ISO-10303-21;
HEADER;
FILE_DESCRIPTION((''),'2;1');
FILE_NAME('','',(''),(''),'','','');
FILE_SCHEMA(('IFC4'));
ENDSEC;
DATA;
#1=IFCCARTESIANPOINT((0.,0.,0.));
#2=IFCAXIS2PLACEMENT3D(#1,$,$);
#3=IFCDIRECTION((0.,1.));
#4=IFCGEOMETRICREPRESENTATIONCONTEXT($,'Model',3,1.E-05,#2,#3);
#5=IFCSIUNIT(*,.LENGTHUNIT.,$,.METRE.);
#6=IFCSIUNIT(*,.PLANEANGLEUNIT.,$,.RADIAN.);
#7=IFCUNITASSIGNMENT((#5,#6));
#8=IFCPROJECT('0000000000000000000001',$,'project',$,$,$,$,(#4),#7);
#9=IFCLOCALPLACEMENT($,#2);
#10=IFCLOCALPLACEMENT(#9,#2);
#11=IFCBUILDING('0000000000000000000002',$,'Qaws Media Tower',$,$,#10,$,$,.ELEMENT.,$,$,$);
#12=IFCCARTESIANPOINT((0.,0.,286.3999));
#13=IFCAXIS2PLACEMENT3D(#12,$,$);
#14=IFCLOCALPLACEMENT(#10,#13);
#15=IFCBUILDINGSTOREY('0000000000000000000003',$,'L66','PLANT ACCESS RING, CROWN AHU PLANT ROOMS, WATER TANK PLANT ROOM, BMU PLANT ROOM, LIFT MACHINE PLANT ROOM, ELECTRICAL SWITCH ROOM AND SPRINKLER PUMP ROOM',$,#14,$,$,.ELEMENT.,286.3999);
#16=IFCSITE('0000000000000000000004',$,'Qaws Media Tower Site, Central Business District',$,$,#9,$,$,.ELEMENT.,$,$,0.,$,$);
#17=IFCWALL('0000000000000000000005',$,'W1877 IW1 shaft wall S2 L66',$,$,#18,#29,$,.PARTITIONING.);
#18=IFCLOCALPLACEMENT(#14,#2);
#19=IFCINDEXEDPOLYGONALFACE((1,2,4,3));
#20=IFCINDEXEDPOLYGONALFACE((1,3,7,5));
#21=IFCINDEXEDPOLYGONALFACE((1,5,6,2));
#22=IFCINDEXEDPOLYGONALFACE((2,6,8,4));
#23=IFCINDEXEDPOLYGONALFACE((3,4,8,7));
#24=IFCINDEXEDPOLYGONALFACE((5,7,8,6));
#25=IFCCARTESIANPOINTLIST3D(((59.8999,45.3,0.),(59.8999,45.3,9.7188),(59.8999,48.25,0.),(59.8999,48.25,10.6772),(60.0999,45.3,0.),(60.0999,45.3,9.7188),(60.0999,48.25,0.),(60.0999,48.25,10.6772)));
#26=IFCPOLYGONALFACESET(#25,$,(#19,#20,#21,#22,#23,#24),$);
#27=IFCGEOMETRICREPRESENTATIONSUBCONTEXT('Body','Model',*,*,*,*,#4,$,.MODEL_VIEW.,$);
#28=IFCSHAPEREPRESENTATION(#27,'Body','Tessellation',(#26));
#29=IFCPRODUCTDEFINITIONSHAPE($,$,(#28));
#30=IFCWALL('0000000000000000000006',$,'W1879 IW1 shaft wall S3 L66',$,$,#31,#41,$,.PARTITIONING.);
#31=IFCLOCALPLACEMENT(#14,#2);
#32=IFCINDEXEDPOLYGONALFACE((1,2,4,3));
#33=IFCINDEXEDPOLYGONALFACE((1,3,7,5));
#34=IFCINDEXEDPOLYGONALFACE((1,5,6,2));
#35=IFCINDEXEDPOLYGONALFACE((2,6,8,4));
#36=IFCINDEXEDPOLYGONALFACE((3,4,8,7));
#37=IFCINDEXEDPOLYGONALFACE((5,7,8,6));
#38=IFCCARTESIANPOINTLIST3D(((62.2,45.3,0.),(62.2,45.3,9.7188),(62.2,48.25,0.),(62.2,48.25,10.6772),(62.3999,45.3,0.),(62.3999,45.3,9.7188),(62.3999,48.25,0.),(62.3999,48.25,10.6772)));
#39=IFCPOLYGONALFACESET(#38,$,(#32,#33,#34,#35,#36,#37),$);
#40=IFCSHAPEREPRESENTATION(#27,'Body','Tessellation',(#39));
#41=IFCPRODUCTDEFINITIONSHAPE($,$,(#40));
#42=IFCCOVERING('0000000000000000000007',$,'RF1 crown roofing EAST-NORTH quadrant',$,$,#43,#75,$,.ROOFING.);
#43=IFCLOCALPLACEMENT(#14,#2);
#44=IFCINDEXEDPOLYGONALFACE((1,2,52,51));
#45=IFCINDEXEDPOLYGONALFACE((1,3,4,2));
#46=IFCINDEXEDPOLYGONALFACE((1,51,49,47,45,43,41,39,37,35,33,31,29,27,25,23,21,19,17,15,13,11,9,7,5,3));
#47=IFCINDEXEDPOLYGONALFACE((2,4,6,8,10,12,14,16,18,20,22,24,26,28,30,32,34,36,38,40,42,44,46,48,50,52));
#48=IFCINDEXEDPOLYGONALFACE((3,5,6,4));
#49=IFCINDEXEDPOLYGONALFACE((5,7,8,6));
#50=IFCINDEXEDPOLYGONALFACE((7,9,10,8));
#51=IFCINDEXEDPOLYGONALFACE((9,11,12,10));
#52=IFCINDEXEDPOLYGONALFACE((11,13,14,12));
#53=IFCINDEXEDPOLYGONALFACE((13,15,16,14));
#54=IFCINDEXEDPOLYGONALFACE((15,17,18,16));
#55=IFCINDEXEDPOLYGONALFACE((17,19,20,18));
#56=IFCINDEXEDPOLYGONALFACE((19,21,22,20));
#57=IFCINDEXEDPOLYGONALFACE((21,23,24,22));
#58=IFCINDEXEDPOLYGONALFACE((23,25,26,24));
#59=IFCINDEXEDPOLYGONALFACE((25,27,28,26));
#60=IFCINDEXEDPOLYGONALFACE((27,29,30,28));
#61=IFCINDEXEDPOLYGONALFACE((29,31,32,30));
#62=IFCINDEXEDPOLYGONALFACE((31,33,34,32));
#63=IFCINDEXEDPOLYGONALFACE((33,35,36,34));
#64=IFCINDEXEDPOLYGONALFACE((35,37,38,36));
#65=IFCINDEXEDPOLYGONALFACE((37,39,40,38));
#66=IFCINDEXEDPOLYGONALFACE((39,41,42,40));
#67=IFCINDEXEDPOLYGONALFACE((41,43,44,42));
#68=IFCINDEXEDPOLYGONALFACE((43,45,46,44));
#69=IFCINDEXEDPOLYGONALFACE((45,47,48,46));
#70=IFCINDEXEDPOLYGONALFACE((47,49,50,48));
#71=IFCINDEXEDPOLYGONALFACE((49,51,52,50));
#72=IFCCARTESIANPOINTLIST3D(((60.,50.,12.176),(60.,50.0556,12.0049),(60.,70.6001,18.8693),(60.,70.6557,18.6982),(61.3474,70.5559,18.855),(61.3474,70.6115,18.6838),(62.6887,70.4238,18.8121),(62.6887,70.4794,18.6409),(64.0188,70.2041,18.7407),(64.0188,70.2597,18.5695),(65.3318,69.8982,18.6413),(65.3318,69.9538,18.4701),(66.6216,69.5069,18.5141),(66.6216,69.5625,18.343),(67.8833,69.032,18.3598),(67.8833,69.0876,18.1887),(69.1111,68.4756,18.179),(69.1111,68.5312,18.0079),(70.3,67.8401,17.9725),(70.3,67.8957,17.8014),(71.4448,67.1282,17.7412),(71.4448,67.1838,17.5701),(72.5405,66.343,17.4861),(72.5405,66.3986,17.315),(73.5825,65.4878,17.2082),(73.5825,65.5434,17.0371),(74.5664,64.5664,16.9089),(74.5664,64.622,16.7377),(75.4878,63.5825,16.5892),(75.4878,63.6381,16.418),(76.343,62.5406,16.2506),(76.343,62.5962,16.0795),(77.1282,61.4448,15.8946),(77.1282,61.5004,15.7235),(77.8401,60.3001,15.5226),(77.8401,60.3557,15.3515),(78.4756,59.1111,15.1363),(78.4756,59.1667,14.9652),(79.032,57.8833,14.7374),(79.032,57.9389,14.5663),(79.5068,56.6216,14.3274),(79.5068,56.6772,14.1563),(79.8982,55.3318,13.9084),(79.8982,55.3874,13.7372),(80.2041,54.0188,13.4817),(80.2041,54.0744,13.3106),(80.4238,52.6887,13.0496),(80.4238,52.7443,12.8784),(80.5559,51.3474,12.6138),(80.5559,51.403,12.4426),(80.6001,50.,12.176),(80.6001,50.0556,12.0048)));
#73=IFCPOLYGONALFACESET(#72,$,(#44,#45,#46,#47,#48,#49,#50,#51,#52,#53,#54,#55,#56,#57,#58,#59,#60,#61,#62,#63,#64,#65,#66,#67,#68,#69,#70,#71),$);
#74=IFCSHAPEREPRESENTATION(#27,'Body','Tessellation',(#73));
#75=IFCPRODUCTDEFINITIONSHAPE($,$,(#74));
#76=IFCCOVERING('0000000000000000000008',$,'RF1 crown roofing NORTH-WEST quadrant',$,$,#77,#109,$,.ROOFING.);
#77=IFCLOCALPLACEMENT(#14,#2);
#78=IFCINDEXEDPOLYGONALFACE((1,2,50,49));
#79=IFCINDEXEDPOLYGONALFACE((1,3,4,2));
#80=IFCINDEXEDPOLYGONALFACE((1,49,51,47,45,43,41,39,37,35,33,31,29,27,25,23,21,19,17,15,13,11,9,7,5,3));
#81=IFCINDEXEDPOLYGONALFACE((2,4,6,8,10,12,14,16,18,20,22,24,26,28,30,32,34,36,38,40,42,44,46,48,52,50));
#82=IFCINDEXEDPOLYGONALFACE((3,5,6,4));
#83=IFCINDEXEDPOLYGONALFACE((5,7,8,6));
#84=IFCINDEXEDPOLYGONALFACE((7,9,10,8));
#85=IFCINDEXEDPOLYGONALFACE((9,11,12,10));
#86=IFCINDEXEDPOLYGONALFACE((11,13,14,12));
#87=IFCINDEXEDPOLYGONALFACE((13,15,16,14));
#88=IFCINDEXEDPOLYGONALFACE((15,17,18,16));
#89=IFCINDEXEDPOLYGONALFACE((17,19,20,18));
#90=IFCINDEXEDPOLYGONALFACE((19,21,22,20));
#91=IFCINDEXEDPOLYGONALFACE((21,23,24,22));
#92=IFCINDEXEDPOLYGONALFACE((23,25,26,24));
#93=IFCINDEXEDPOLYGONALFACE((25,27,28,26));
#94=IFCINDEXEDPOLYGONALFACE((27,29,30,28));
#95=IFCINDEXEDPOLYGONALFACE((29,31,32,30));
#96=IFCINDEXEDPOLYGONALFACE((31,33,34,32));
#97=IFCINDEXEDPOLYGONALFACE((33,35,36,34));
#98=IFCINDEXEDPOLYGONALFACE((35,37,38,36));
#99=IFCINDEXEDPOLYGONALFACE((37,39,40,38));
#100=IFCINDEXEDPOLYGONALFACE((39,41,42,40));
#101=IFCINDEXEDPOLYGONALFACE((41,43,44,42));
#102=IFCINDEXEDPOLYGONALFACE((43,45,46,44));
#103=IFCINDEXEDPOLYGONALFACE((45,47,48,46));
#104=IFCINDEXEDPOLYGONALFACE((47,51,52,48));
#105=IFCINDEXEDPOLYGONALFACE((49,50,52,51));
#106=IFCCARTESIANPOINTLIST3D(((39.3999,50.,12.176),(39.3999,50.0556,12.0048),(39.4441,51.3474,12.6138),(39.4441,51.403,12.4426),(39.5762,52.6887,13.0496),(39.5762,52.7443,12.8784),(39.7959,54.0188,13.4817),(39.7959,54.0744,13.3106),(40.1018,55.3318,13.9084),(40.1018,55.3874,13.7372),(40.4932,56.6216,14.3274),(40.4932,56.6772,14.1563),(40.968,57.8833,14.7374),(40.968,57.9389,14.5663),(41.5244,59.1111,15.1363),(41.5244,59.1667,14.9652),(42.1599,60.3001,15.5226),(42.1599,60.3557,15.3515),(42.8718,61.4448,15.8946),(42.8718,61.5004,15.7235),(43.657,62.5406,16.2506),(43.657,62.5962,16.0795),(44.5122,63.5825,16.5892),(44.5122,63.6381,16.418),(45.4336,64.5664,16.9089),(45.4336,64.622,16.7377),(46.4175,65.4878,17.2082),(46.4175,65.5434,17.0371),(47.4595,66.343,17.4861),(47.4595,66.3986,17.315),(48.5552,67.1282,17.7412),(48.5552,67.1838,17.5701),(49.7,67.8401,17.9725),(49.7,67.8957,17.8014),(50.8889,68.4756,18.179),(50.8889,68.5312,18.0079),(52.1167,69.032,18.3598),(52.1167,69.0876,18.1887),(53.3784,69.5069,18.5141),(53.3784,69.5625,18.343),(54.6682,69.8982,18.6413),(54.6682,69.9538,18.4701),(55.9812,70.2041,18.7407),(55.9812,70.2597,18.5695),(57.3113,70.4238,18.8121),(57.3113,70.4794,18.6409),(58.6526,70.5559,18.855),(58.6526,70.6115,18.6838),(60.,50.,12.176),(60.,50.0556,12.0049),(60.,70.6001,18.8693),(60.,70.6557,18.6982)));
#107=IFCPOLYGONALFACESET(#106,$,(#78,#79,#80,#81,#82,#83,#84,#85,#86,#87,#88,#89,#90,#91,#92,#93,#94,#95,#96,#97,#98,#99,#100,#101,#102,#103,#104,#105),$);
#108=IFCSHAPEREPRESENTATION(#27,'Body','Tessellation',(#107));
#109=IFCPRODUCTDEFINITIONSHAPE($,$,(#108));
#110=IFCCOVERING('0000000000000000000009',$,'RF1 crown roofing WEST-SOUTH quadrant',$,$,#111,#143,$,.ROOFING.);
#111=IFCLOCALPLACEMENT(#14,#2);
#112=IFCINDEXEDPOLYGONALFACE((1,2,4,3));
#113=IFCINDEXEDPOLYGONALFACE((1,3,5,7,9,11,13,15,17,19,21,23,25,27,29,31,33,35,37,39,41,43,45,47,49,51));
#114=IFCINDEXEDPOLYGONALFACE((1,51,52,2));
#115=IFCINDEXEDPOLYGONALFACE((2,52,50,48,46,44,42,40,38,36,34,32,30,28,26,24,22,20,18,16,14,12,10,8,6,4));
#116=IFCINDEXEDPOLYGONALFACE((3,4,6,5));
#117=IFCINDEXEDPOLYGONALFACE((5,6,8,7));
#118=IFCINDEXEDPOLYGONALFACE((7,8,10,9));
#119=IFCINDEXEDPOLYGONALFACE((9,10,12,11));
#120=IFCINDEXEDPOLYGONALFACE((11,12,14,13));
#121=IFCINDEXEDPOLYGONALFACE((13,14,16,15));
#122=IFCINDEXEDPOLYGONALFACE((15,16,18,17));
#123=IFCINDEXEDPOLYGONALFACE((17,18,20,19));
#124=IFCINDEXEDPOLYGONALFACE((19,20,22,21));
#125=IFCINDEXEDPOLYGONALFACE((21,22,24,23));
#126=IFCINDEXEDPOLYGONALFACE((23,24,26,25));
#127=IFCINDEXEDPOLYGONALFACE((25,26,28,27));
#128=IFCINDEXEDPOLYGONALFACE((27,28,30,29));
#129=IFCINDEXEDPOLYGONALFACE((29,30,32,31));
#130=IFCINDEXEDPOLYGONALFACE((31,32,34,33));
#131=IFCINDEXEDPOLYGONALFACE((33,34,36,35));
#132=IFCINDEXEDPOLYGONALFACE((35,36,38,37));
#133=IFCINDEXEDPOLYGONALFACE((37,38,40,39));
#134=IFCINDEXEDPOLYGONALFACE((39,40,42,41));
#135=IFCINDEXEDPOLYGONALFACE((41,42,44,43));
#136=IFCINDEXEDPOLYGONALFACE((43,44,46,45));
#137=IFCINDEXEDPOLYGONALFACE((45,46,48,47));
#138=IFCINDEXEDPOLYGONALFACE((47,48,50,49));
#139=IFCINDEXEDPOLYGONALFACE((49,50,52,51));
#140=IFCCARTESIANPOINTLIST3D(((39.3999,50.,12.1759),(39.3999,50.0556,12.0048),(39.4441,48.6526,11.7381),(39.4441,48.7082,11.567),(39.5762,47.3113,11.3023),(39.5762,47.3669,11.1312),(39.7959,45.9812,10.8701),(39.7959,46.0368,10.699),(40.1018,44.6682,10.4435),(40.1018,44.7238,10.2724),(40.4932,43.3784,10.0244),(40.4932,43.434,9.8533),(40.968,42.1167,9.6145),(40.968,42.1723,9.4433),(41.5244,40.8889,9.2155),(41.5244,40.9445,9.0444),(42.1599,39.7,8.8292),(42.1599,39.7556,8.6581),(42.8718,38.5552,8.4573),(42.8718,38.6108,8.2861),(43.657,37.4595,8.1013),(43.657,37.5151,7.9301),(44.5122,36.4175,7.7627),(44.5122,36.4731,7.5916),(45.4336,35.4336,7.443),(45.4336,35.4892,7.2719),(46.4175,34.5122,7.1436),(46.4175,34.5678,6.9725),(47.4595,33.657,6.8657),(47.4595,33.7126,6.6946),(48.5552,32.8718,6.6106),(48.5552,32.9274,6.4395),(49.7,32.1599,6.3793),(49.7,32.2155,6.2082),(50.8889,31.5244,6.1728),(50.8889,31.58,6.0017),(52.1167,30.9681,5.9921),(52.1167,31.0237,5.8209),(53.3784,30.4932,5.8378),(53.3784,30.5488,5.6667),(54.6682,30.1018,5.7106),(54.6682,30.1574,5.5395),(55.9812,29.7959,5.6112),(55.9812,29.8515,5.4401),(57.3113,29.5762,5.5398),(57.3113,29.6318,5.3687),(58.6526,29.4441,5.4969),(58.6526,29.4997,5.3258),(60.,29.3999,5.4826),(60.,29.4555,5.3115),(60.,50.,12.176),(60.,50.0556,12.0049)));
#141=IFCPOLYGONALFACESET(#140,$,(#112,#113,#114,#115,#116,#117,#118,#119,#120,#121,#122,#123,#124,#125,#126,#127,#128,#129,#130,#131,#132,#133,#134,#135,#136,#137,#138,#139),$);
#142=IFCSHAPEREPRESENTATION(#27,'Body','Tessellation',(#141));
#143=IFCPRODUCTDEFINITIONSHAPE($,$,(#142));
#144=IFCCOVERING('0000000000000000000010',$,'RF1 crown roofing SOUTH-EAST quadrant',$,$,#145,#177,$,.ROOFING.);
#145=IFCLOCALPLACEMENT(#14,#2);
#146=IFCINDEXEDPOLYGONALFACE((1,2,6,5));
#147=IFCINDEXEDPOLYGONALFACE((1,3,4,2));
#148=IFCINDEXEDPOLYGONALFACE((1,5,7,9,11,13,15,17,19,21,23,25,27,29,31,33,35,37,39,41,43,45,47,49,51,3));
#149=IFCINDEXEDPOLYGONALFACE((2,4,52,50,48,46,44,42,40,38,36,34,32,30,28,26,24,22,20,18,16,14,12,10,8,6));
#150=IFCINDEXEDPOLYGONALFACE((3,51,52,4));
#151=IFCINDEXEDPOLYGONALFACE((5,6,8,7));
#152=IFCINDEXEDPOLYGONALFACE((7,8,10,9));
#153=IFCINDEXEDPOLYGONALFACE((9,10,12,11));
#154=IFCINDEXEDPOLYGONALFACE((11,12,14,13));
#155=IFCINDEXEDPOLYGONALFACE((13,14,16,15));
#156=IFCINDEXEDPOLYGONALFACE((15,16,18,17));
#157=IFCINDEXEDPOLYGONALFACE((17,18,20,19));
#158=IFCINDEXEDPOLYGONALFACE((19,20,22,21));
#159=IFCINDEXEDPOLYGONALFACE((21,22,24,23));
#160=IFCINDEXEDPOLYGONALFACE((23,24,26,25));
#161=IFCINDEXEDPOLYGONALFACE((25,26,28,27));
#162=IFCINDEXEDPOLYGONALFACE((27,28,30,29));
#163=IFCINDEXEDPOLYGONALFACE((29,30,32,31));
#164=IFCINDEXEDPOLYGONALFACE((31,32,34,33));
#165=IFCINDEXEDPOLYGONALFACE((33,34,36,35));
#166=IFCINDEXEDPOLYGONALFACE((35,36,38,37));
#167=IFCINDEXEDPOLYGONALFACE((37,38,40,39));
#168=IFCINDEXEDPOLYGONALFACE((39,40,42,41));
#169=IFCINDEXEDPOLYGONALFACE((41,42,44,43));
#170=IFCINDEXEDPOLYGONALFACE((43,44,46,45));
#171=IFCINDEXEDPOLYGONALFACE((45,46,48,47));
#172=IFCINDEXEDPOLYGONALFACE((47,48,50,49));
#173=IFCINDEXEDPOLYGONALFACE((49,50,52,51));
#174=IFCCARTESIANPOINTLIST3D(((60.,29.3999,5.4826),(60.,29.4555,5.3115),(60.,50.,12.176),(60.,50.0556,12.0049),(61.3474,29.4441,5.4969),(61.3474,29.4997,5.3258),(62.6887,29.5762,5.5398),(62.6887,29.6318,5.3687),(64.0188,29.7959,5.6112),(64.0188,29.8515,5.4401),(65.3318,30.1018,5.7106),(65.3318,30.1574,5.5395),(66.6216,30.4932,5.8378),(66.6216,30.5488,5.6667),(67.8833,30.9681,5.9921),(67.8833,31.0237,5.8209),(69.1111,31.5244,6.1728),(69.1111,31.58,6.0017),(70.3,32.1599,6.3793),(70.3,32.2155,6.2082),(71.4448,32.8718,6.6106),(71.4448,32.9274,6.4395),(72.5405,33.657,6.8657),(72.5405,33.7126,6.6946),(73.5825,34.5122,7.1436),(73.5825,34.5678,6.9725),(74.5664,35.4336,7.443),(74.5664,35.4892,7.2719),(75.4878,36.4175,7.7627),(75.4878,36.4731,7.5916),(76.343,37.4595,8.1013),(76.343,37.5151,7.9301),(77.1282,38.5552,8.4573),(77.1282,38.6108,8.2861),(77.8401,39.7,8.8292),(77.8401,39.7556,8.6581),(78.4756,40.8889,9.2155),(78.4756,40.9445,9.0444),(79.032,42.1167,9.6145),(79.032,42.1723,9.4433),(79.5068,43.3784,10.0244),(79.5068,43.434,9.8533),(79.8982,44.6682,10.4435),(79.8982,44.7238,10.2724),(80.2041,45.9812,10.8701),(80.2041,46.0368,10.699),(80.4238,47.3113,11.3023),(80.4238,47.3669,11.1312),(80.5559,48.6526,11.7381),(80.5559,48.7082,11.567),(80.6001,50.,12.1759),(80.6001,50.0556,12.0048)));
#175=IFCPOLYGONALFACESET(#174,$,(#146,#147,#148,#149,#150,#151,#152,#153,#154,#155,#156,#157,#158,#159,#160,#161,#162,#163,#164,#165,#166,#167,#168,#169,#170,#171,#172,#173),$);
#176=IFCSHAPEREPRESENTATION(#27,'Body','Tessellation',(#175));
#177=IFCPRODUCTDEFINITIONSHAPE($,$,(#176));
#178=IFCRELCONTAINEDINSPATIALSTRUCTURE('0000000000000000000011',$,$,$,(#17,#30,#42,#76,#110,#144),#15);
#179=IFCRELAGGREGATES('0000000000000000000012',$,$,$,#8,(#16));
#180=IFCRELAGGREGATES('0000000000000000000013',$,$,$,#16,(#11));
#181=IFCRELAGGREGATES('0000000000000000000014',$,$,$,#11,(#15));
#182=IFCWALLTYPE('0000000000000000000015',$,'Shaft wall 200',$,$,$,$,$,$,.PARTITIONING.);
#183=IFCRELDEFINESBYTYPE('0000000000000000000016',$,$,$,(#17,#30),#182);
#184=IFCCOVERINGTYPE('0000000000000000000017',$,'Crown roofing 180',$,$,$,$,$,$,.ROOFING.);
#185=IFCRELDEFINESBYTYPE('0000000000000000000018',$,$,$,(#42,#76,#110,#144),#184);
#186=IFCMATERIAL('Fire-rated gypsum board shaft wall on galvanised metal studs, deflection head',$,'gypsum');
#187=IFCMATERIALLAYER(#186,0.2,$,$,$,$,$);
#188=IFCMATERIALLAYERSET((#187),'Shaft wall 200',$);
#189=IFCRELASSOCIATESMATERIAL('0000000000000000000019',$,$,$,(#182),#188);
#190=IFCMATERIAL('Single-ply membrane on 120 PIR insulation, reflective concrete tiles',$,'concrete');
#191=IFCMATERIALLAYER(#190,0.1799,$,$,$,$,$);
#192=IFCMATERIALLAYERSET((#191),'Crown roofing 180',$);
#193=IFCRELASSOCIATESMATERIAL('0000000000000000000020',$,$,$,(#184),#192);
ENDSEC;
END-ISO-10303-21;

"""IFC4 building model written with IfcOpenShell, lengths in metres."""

from ifc_helpers import new_model, si_unit, direction, frame, origin, place, context, subcontext, project, spatial, polyline, outline, extrude, material, layer, layer_set, type_object, element, save


model = new_model("IFC4")

# Units and contexts
model_context = context("Model", 3, precision=1e-05, world=origin(), true_north=direction((0.0, 1.0)))
body_context = subcontext(model_context, "Body", "Model", "MODEL_VIEW")
ifc_project = project(units=[si_unit("LENGTHUNIT", "METRE"), si_unit("PLANEANGLEUNIT", "RADIAN")], contexts=[model_context])

# Site, building, storey
site_placement = place(None, origin())
site = spatial("IfcSite", under=ifc_project, at=site_placement, Name="Qaws Media Tower Site, Central Business District", CompositionType="ELEMENT", RefElevation=0.0)
building_placement = place(site_placement, origin())
building = spatial("IfcBuilding", under=site, at=building_placement, Name="Qaws Media Tower", CompositionType="ELEMENT")
storey_placement = place(building_placement, frame((0.0, 0.0, 286.3999)))
storey = spatial("IfcBuildingStorey", under=building, at=storey_placement, Name="L66", Description="PLANT ACCESS RING, CROWN AHU PLANT ROOMS, WATER TANK PLANT ROOM, BMU PLANT ROOM, LIFT MACHINE PLANT ROOM, ELECTRICAL SWITCH ROOM AND SPRINKLER PUMP ROOM", CompositionType="ELEMENT", Elevation=286.3999)

# Walls
ifc_material_1 = material(Name="Fire-rated gypsum board shaft wall on galvanised metal studs, deflection head", Category="gypsum")
ifc_layer_1 = layer(ifc_material_1, 0.2)
ifc_layer_set_1 = layer_set([ifc_layer_1], Name="Shaft wall 200")
wall_type_1 = type_object("IfcWallType", Name="Shaft wall 200", PredefinedType="PARTITIONING", material=ifc_layer_set_1)
for number, where, z_axis, x_axis, name in (
    (1, (60.0, 45.3, 0.0), (0.0, 0.0, 1.0), (0.0, 1.0, 0.0), "W1877 IW1 shaft wall S2 L66"),
    (2, (62.3, 45.3, 0.0), (0.0, 0.0, 1.0), (0.0, 1.0, 0.0), "W1879 IW1 shaft wall S3 L66"),
):
    element("IfcWall", number, at=place(storey_placement, frame(where, z_axis=z_axis, x_axis=x_axis)), inside=storey, type_object=wall_type_1, Name=name, PredefinedType="PARTITIONING", context=body_context, shape_type="SweptSolid", body=[
        extrude(outline(polyline([(0.0, 0.0), (2.95, 0.0), (2.95, 10.6772), (0.0, 9.7188), (0.0, 0.0)])), frame((0.0, 0.1001, 0.0), z_axis=(0.0, -1.0, 0.0), x_axis=(1.0, 0.0, 0.0)), (0.0, 0.0, 1.0), 0.2),
    ])

# Coverings
ifc_material_2 = material(Name="Single-ply membrane on 120 PIR insulation, reflective concrete tiles", Category="concrete")
ifc_layer_2 = layer(ifc_material_2, 0.1799)
ifc_layer_set_2 = layer_set([ifc_layer_2], Name="Crown roofing 180")
covering_type = type_object("IfcCoveringType", Name="Crown roofing 180", PredefinedType="ROOFING", material=ifc_layer_set_2)
covering_1_placement = place(storey_placement, frame((60.0, 50.0, 12.176), z_axis=(0.000003, -0.309014, 0.951057), x_axis=(1.0, 0.000001, -0.000003)))
element("IfcCovering", 3, at=covering_1_placement, inside=storey, type_object=covering_type, Name="RF1 crown roofing EAST-NORTH quadrant", PredefinedType="ROOFING", context=body_context, shape_type="SweptSolid", body=[
    extrude(outline(polyline([(0.0, 0.0), (20.6001, 0.0), (20.5559, 1.4167), (20.4238, 2.8271), (20.2041, 4.2256), (19.8982, 5.6062), (19.5068, 6.9623), (19.032, 8.2889), (18.4756, 9.58), (17.8401, 10.8301), (17.1282, 12.0338), (16.343, 13.1859), (15.4878, 14.2815), (14.5664, 15.316), (13.5825, 16.2848), (12.5405, 17.184), (11.4448, 18.0096), (10.3, 18.7582), (9.1111, 19.4263), (7.8833, 20.0114), (6.6216, 20.5107), (5.3318, 20.9222), (4.0188, 21.2438), (2.6887, 21.4748), (1.3474, 21.6137), (0.0, 21.6602), (0.0, 0.0)])), origin(), (0.0, 0.0, -1.0), 0.1799),
])
covering_2_placement = place(storey_placement, frame((60.0, 50.0, 12.176), z_axis=(-0.000003, -0.309014, 0.951057), x_axis=(0.0, 0.951057, 0.309014)))
element("IfcCovering", 4, at=covering_2_placement, inside=storey, type_object=covering_type, Name="RF1 crown roofing NORTH-WEST quadrant", PredefinedType="ROOFING", context=body_context, shape_type="SweptSolid", body=[
    extrude(outline(polyline([(0.0, 0.0), (21.6602, 0.0), (21.6137, 1.3474), (21.4748, 2.6887), (21.2438, 4.0188), (20.9222, 5.3318), (20.5107, 6.6216), (20.0114, 7.8833), (19.4263, 9.1111), (18.7582, 10.3), (18.0096, 11.4448), (17.184, 12.5405), (16.2848, 13.5825), (15.316, 14.5664), (14.2815, 15.4878), (13.1859, 16.343), (12.0338, 17.1282), (10.8301, 17.8401), (9.58, 18.4756), (8.2889, 19.032), (6.9623, 19.5068), (5.6062, 19.8982), (4.2256, 20.2041), (2.8271, 20.4238), (1.4167, 20.5559), (0.0, 20.6001), (0.0, 0.0)])), origin(), (0.0, 0.0, -1.0), 0.1799),
])
covering_3_placement = place(storey_placement, frame((60.0, 50.0, 12.176), z_axis=(-0.000005, -0.30902, 0.951056), x_axis=(-1.0, 0.000001, -0.000004)))
element("IfcCovering", 5, at=covering_3_placement, inside=storey, type_object=covering_type, Name="RF1 crown roofing WEST-SOUTH quadrant", PredefinedType="ROOFING", context=body_context, shape_type="SweptSolid", body=[
    extrude(outline(polyline([(0.0, 0.0), (20.6001, 0.0), (20.5559, 1.4167), (20.4238, 2.8271), (20.2041, 4.2257), (19.8982, 5.6062), (19.5068, 6.9624), (19.032, 8.289), (18.4756, 9.58), (17.8401, 10.8301), (17.1282, 12.0338), (16.343, 13.1859), (15.4878, 14.2815), (14.5664, 15.316), (13.5825, 16.2849), (12.5405, 17.1841), (11.4448, 18.0097), (10.3, 18.7582), (9.1111, 19.4264), (7.8833, 20.0114), (6.6216, 20.5107), (5.3318, 20.9222), (4.0188, 21.2438), (2.6887, 21.4749), (1.3474, 21.6137), (0.0, 21.6602), (0.0, 0.0)])), origin(), (0.0, 0.0, -1.0), 0.1799),
])
covering_4_placement = place(storey_placement, frame((60.0, 50.0, 12.176), z_axis=(0.000005, -0.30902, 0.951056), x_axis=(0.0, -0.951056, -0.30902)))
element("IfcCovering", 6, at=covering_4_placement, inside=storey, type_object=covering_type, Name="RF1 crown roofing SOUTH-EAST quadrant", PredefinedType="ROOFING", context=body_context, shape_type="SweptSolid", body=[
    extrude(outline(polyline([(0.0, 0.0), (21.6602, 0.0), (21.6137, 1.3474), (21.4749, 2.6887), (21.2438, 4.0188), (20.9222, 5.3318), (20.5107, 6.6216), (20.0114, 7.8833), (19.4264, 9.1111), (18.7582, 10.3), (18.0097, 11.4448), (17.1841, 12.5405), (16.2849, 13.5825), (15.316, 14.5664), (14.2815, 15.4878), (13.1859, 16.343), (12.0338, 17.1282), (10.8301, 17.8401), (9.58, 18.4756), (8.289, 19.032), (6.9624, 19.5068), (5.6062, 19.8982), (4.2257, 20.2041), (2.8271, 20.4238), (1.4167, 20.5559), (0.0, 20.6001), (0.0, 0.0)])), origin(), (0.0, 0.0, -1.0), 0.1799),
])

save(model, "model.ifc")
